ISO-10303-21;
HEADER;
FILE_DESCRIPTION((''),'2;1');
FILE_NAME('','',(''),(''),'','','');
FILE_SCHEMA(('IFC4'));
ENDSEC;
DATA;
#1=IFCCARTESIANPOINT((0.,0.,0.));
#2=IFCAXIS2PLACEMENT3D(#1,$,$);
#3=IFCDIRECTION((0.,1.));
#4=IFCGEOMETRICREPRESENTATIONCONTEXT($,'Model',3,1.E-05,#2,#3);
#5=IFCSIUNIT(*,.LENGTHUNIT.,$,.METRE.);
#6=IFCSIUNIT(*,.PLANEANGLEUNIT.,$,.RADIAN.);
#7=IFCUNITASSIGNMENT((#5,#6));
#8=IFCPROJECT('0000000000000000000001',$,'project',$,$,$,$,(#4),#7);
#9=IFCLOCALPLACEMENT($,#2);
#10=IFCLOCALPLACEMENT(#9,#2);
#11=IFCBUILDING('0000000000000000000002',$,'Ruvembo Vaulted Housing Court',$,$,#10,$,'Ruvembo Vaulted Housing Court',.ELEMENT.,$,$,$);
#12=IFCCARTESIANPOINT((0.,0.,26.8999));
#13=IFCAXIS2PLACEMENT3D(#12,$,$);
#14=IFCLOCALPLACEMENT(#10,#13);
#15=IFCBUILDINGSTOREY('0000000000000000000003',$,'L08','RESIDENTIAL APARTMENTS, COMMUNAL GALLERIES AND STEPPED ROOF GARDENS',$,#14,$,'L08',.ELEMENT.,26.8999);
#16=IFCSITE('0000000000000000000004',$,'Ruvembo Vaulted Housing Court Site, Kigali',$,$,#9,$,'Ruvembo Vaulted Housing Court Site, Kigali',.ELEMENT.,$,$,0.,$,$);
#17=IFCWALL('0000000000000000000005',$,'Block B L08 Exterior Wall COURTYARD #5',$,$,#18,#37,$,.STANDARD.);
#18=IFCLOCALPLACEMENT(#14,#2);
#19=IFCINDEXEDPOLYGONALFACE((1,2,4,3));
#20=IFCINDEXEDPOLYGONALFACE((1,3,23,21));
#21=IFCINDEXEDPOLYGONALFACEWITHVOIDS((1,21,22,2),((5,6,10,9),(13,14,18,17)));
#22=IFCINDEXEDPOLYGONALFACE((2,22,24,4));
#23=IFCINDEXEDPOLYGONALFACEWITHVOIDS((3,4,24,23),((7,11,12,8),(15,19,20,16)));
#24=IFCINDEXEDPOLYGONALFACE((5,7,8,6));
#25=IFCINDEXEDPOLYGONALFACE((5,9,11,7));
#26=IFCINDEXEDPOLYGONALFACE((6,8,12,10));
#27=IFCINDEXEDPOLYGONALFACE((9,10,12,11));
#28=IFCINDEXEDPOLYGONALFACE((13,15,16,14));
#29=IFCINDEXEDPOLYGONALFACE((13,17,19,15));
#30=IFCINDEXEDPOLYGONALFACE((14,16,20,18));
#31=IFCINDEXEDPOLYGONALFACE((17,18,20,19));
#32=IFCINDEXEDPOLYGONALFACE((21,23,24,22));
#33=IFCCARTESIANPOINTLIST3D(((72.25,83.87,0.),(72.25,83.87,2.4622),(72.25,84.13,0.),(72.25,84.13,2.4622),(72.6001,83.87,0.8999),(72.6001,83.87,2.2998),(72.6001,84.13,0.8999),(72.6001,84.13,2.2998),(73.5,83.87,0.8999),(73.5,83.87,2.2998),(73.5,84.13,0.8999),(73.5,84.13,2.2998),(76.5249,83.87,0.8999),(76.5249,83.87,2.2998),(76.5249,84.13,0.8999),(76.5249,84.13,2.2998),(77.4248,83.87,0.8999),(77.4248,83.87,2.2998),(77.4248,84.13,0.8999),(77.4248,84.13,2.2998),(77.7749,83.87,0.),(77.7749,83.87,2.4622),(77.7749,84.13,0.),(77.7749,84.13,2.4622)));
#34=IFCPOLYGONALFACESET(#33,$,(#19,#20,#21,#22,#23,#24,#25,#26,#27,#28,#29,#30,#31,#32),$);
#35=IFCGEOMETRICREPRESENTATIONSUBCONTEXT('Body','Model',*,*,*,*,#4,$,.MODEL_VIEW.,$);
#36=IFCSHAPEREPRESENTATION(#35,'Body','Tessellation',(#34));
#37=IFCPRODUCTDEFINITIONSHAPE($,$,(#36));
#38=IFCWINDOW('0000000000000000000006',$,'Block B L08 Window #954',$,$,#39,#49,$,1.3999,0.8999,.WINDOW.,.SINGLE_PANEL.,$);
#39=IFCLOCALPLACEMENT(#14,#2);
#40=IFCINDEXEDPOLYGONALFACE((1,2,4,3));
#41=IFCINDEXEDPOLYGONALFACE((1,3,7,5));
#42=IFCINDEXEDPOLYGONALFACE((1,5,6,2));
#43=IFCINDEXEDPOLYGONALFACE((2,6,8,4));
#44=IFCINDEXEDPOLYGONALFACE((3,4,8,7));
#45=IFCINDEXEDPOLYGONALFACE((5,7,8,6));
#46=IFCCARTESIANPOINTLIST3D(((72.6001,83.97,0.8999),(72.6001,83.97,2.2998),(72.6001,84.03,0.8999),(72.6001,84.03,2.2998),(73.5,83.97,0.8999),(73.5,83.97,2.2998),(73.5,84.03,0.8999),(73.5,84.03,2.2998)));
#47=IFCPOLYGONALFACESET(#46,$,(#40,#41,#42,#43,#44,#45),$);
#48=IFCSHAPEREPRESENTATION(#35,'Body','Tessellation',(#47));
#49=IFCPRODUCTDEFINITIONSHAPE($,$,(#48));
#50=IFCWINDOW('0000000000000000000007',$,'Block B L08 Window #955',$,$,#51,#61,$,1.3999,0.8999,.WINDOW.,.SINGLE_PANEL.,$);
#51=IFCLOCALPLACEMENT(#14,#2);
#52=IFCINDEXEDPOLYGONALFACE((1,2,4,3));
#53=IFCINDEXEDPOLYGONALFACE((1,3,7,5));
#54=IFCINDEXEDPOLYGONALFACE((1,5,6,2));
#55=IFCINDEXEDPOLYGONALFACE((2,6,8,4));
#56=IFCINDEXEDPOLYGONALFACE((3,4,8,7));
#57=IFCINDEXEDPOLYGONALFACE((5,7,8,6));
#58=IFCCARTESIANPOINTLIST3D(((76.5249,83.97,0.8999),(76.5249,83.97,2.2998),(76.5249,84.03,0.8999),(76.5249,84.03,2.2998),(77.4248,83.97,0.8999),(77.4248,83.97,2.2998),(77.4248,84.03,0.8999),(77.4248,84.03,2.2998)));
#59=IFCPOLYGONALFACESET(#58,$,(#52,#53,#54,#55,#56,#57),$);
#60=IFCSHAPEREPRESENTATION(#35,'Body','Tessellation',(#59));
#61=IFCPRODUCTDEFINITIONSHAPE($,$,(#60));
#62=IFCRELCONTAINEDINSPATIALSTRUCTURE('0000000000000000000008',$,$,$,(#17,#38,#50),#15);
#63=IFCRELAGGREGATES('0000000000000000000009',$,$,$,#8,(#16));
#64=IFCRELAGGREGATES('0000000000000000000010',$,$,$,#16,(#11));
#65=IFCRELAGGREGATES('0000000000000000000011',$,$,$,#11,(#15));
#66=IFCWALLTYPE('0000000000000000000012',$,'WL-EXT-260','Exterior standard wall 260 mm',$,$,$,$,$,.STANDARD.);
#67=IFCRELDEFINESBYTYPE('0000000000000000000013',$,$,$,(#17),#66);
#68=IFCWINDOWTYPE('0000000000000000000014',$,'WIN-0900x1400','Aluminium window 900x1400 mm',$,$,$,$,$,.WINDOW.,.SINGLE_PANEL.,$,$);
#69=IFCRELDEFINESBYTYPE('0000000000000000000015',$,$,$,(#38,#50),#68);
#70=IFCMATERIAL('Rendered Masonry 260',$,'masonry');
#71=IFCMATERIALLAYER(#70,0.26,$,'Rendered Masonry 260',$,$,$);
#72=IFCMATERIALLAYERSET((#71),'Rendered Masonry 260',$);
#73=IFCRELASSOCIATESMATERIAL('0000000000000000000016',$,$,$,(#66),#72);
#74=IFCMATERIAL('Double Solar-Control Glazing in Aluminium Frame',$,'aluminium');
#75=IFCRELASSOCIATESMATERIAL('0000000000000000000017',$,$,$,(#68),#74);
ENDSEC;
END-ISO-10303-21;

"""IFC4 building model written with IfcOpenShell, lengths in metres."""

from ifc_helpers import new_model, si_unit, direction, frame, frame_2d, origin, place, context, subcontext, project, spatial, rectangle, extrude, material, layer, layer_set, type_object, element, fill, save


model = new_model("IFC4")

# Units and contexts
model_context = context("Model", 3, precision=1e-05, world=origin(), true_north=direction((0.0, 1.0)))
body_context = subcontext(model_context, "Body", "Model", "MODEL_VIEW")
ifc_project = project(units=[si_unit("LENGTHUNIT", "METRE"), si_unit("PLANEANGLEUNIT", "RADIAN")], contexts=[model_context])

# Site, building, storey
site_placement = place(None, origin())
site = spatial("IfcSite", under=ifc_project, at=site_placement, Name="Ruvembo Vaulted Housing Court Site, Kigali", LongName="Ruvembo Vaulted Housing Court Site, Kigali", CompositionType="ELEMENT", RefElevation=0.0)
building_placement = place(site_placement, origin())
building = spatial("IfcBuilding", under=site, at=building_placement, Name="Ruvembo Vaulted Housing Court", LongName="Ruvembo Vaulted Housing Court", CompositionType="ELEMENT")
storey_placement = place(building_placement, frame((0.0, 0.0, 26.8999)))
storey = spatial("IfcBuildingStorey", under=building, at=storey_placement, Name="L08", Description="RESIDENTIAL APARTMENTS, COMMUNAL GALLERIES AND STEPPED ROOF GARDENS", LongName="L08", CompositionType="ELEMENT", Elevation=26.8999)

# Wall, openings, windows
ifc_material_1 = material(Name="Rendered Masonry 260", Category="masonry")
ifc_layer = layer(ifc_material_1, 0.26, Name="Rendered Masonry 260")
ifc_layer_set = layer_set([ifc_layer], Name="Rendered Masonry 260")
wall_type = type_object("IfcWallType", Name="WL-EXT-260", Description="Exterior standard wall 260 mm", PredefinedType="STANDARD", material=ifc_layer_set)
ifc_material_2 = material(Name="Double Solar-Control Glazing in Aluminium Frame", Category="aluminium")
wall_1_placement = place(storey_placement, frame((72.25, 84.0, 0.0), z_axis=(0.0, 0.0, 1.0), x_axis=(1.0, 0.0, 0.0)))
wall_1 = element("IfcWall", 1, at=wall_1_placement, inside=storey, type_object=wall_type, Name="Block B L08 Exterior Wall COURTYARD #5", PredefinedType="STANDARD", context=body_context, shape_type="SweptSolid", body=[
    extrude(rectangle(XDim=5.5249, YDim=0.26, at=frame_2d((2.7625, 0.0))), origin(), (0.0, 0.0, 1.0), 2.4622),
])
opening_1_placement = place(wall_1_placement, frame((0.3501, 0.0, 0.8999)))
opening_1 = element("IfcOpeningElement", 2, at=opening_1_placement, cuts=wall_1, PredefinedType="OPENING", context=body_context, shape_type="SweptSolid", body=[
    extrude(rectangle(XDim=0.8999, YDim=1.3999, at=frame_2d((0.45, 0.7))), frame((0.0, 0.1399, 0.0), z_axis=(0.0, -1.0, 0.0), x_axis=(1.0, 0.0, 0.0)), (0.0, 0.0, 1.0), 0.28),
])
opening_2_placement = place(wall_1_placement, frame((4.2749, 0.0, 0.8999)))
opening_2 = element("IfcOpeningElement", 3, at=opening_2_placement, cuts=wall_1, PredefinedType="OPENING", context=body_context, shape_type="SweptSolid", body=[
    extrude(rectangle(XDim=0.8999, YDim=1.3999, at=frame_2d((0.45, 0.7))), frame((0.0, 0.1399, 0.0), z_axis=(0.0, -1.0, 0.0), x_axis=(1.0, 0.0, 0.0)), (0.0, 0.0, 1.0), 0.28),
])
window_type_1 = type_object("IfcWindowType", Name="WIN-0900x1400", Description="Aluminium window 900x1400 mm", PartitioningType="SINGLE_PANEL", PredefinedType="WINDOW", material=ifc_material_2)
window_1_placement = place(opening_1_placement, origin())
window_1 = element("IfcWindow", 4, at=window_1_placement, inside=storey, type_object=window_type_1, Name="Block B L08 Window #954", OverallHeight=1.3999, OverallWidth=0.8999, PartitioningType="SINGLE_PANEL", PredefinedType="WINDOW", context=body_context, shape_type="SweptSolid", body=[
    extrude(rectangle(XDim=0.8999, YDim=1.3999, at=frame_2d((0.45, 0.7))), frame((0.0, 0.03, 0.0), z_axis=(0.0, -1.0, 0.0), x_axis=(1.0, 0.0, 0.0)), (0.0, 0.0, 1.0), 0.0601),
])
fill(opening_1, window_1)
window_2_placement = place(opening_2_placement, origin())
window_2 = element("IfcWindow", 5, at=window_2_placement, inside=storey, type_object=window_type_1, Name="Block B L08 Window #955", OverallHeight=1.3999, OverallWidth=0.8999, PartitioningType="SINGLE_PANEL", PredefinedType="WINDOW", context=body_context, shape_type="SweptSolid", body=[
    extrude(rectangle(XDim=0.8999, YDim=1.3999, at=frame_2d((0.45, 0.7))), frame((0.0, 0.03, 0.0), z_axis=(0.0, -1.0, 0.0), x_axis=(1.0, 0.0, 0.0)), (0.0, 0.0, 1.0), 0.0601),
])
fill(opening_2, window_2)

save(model, "model.ifc")
